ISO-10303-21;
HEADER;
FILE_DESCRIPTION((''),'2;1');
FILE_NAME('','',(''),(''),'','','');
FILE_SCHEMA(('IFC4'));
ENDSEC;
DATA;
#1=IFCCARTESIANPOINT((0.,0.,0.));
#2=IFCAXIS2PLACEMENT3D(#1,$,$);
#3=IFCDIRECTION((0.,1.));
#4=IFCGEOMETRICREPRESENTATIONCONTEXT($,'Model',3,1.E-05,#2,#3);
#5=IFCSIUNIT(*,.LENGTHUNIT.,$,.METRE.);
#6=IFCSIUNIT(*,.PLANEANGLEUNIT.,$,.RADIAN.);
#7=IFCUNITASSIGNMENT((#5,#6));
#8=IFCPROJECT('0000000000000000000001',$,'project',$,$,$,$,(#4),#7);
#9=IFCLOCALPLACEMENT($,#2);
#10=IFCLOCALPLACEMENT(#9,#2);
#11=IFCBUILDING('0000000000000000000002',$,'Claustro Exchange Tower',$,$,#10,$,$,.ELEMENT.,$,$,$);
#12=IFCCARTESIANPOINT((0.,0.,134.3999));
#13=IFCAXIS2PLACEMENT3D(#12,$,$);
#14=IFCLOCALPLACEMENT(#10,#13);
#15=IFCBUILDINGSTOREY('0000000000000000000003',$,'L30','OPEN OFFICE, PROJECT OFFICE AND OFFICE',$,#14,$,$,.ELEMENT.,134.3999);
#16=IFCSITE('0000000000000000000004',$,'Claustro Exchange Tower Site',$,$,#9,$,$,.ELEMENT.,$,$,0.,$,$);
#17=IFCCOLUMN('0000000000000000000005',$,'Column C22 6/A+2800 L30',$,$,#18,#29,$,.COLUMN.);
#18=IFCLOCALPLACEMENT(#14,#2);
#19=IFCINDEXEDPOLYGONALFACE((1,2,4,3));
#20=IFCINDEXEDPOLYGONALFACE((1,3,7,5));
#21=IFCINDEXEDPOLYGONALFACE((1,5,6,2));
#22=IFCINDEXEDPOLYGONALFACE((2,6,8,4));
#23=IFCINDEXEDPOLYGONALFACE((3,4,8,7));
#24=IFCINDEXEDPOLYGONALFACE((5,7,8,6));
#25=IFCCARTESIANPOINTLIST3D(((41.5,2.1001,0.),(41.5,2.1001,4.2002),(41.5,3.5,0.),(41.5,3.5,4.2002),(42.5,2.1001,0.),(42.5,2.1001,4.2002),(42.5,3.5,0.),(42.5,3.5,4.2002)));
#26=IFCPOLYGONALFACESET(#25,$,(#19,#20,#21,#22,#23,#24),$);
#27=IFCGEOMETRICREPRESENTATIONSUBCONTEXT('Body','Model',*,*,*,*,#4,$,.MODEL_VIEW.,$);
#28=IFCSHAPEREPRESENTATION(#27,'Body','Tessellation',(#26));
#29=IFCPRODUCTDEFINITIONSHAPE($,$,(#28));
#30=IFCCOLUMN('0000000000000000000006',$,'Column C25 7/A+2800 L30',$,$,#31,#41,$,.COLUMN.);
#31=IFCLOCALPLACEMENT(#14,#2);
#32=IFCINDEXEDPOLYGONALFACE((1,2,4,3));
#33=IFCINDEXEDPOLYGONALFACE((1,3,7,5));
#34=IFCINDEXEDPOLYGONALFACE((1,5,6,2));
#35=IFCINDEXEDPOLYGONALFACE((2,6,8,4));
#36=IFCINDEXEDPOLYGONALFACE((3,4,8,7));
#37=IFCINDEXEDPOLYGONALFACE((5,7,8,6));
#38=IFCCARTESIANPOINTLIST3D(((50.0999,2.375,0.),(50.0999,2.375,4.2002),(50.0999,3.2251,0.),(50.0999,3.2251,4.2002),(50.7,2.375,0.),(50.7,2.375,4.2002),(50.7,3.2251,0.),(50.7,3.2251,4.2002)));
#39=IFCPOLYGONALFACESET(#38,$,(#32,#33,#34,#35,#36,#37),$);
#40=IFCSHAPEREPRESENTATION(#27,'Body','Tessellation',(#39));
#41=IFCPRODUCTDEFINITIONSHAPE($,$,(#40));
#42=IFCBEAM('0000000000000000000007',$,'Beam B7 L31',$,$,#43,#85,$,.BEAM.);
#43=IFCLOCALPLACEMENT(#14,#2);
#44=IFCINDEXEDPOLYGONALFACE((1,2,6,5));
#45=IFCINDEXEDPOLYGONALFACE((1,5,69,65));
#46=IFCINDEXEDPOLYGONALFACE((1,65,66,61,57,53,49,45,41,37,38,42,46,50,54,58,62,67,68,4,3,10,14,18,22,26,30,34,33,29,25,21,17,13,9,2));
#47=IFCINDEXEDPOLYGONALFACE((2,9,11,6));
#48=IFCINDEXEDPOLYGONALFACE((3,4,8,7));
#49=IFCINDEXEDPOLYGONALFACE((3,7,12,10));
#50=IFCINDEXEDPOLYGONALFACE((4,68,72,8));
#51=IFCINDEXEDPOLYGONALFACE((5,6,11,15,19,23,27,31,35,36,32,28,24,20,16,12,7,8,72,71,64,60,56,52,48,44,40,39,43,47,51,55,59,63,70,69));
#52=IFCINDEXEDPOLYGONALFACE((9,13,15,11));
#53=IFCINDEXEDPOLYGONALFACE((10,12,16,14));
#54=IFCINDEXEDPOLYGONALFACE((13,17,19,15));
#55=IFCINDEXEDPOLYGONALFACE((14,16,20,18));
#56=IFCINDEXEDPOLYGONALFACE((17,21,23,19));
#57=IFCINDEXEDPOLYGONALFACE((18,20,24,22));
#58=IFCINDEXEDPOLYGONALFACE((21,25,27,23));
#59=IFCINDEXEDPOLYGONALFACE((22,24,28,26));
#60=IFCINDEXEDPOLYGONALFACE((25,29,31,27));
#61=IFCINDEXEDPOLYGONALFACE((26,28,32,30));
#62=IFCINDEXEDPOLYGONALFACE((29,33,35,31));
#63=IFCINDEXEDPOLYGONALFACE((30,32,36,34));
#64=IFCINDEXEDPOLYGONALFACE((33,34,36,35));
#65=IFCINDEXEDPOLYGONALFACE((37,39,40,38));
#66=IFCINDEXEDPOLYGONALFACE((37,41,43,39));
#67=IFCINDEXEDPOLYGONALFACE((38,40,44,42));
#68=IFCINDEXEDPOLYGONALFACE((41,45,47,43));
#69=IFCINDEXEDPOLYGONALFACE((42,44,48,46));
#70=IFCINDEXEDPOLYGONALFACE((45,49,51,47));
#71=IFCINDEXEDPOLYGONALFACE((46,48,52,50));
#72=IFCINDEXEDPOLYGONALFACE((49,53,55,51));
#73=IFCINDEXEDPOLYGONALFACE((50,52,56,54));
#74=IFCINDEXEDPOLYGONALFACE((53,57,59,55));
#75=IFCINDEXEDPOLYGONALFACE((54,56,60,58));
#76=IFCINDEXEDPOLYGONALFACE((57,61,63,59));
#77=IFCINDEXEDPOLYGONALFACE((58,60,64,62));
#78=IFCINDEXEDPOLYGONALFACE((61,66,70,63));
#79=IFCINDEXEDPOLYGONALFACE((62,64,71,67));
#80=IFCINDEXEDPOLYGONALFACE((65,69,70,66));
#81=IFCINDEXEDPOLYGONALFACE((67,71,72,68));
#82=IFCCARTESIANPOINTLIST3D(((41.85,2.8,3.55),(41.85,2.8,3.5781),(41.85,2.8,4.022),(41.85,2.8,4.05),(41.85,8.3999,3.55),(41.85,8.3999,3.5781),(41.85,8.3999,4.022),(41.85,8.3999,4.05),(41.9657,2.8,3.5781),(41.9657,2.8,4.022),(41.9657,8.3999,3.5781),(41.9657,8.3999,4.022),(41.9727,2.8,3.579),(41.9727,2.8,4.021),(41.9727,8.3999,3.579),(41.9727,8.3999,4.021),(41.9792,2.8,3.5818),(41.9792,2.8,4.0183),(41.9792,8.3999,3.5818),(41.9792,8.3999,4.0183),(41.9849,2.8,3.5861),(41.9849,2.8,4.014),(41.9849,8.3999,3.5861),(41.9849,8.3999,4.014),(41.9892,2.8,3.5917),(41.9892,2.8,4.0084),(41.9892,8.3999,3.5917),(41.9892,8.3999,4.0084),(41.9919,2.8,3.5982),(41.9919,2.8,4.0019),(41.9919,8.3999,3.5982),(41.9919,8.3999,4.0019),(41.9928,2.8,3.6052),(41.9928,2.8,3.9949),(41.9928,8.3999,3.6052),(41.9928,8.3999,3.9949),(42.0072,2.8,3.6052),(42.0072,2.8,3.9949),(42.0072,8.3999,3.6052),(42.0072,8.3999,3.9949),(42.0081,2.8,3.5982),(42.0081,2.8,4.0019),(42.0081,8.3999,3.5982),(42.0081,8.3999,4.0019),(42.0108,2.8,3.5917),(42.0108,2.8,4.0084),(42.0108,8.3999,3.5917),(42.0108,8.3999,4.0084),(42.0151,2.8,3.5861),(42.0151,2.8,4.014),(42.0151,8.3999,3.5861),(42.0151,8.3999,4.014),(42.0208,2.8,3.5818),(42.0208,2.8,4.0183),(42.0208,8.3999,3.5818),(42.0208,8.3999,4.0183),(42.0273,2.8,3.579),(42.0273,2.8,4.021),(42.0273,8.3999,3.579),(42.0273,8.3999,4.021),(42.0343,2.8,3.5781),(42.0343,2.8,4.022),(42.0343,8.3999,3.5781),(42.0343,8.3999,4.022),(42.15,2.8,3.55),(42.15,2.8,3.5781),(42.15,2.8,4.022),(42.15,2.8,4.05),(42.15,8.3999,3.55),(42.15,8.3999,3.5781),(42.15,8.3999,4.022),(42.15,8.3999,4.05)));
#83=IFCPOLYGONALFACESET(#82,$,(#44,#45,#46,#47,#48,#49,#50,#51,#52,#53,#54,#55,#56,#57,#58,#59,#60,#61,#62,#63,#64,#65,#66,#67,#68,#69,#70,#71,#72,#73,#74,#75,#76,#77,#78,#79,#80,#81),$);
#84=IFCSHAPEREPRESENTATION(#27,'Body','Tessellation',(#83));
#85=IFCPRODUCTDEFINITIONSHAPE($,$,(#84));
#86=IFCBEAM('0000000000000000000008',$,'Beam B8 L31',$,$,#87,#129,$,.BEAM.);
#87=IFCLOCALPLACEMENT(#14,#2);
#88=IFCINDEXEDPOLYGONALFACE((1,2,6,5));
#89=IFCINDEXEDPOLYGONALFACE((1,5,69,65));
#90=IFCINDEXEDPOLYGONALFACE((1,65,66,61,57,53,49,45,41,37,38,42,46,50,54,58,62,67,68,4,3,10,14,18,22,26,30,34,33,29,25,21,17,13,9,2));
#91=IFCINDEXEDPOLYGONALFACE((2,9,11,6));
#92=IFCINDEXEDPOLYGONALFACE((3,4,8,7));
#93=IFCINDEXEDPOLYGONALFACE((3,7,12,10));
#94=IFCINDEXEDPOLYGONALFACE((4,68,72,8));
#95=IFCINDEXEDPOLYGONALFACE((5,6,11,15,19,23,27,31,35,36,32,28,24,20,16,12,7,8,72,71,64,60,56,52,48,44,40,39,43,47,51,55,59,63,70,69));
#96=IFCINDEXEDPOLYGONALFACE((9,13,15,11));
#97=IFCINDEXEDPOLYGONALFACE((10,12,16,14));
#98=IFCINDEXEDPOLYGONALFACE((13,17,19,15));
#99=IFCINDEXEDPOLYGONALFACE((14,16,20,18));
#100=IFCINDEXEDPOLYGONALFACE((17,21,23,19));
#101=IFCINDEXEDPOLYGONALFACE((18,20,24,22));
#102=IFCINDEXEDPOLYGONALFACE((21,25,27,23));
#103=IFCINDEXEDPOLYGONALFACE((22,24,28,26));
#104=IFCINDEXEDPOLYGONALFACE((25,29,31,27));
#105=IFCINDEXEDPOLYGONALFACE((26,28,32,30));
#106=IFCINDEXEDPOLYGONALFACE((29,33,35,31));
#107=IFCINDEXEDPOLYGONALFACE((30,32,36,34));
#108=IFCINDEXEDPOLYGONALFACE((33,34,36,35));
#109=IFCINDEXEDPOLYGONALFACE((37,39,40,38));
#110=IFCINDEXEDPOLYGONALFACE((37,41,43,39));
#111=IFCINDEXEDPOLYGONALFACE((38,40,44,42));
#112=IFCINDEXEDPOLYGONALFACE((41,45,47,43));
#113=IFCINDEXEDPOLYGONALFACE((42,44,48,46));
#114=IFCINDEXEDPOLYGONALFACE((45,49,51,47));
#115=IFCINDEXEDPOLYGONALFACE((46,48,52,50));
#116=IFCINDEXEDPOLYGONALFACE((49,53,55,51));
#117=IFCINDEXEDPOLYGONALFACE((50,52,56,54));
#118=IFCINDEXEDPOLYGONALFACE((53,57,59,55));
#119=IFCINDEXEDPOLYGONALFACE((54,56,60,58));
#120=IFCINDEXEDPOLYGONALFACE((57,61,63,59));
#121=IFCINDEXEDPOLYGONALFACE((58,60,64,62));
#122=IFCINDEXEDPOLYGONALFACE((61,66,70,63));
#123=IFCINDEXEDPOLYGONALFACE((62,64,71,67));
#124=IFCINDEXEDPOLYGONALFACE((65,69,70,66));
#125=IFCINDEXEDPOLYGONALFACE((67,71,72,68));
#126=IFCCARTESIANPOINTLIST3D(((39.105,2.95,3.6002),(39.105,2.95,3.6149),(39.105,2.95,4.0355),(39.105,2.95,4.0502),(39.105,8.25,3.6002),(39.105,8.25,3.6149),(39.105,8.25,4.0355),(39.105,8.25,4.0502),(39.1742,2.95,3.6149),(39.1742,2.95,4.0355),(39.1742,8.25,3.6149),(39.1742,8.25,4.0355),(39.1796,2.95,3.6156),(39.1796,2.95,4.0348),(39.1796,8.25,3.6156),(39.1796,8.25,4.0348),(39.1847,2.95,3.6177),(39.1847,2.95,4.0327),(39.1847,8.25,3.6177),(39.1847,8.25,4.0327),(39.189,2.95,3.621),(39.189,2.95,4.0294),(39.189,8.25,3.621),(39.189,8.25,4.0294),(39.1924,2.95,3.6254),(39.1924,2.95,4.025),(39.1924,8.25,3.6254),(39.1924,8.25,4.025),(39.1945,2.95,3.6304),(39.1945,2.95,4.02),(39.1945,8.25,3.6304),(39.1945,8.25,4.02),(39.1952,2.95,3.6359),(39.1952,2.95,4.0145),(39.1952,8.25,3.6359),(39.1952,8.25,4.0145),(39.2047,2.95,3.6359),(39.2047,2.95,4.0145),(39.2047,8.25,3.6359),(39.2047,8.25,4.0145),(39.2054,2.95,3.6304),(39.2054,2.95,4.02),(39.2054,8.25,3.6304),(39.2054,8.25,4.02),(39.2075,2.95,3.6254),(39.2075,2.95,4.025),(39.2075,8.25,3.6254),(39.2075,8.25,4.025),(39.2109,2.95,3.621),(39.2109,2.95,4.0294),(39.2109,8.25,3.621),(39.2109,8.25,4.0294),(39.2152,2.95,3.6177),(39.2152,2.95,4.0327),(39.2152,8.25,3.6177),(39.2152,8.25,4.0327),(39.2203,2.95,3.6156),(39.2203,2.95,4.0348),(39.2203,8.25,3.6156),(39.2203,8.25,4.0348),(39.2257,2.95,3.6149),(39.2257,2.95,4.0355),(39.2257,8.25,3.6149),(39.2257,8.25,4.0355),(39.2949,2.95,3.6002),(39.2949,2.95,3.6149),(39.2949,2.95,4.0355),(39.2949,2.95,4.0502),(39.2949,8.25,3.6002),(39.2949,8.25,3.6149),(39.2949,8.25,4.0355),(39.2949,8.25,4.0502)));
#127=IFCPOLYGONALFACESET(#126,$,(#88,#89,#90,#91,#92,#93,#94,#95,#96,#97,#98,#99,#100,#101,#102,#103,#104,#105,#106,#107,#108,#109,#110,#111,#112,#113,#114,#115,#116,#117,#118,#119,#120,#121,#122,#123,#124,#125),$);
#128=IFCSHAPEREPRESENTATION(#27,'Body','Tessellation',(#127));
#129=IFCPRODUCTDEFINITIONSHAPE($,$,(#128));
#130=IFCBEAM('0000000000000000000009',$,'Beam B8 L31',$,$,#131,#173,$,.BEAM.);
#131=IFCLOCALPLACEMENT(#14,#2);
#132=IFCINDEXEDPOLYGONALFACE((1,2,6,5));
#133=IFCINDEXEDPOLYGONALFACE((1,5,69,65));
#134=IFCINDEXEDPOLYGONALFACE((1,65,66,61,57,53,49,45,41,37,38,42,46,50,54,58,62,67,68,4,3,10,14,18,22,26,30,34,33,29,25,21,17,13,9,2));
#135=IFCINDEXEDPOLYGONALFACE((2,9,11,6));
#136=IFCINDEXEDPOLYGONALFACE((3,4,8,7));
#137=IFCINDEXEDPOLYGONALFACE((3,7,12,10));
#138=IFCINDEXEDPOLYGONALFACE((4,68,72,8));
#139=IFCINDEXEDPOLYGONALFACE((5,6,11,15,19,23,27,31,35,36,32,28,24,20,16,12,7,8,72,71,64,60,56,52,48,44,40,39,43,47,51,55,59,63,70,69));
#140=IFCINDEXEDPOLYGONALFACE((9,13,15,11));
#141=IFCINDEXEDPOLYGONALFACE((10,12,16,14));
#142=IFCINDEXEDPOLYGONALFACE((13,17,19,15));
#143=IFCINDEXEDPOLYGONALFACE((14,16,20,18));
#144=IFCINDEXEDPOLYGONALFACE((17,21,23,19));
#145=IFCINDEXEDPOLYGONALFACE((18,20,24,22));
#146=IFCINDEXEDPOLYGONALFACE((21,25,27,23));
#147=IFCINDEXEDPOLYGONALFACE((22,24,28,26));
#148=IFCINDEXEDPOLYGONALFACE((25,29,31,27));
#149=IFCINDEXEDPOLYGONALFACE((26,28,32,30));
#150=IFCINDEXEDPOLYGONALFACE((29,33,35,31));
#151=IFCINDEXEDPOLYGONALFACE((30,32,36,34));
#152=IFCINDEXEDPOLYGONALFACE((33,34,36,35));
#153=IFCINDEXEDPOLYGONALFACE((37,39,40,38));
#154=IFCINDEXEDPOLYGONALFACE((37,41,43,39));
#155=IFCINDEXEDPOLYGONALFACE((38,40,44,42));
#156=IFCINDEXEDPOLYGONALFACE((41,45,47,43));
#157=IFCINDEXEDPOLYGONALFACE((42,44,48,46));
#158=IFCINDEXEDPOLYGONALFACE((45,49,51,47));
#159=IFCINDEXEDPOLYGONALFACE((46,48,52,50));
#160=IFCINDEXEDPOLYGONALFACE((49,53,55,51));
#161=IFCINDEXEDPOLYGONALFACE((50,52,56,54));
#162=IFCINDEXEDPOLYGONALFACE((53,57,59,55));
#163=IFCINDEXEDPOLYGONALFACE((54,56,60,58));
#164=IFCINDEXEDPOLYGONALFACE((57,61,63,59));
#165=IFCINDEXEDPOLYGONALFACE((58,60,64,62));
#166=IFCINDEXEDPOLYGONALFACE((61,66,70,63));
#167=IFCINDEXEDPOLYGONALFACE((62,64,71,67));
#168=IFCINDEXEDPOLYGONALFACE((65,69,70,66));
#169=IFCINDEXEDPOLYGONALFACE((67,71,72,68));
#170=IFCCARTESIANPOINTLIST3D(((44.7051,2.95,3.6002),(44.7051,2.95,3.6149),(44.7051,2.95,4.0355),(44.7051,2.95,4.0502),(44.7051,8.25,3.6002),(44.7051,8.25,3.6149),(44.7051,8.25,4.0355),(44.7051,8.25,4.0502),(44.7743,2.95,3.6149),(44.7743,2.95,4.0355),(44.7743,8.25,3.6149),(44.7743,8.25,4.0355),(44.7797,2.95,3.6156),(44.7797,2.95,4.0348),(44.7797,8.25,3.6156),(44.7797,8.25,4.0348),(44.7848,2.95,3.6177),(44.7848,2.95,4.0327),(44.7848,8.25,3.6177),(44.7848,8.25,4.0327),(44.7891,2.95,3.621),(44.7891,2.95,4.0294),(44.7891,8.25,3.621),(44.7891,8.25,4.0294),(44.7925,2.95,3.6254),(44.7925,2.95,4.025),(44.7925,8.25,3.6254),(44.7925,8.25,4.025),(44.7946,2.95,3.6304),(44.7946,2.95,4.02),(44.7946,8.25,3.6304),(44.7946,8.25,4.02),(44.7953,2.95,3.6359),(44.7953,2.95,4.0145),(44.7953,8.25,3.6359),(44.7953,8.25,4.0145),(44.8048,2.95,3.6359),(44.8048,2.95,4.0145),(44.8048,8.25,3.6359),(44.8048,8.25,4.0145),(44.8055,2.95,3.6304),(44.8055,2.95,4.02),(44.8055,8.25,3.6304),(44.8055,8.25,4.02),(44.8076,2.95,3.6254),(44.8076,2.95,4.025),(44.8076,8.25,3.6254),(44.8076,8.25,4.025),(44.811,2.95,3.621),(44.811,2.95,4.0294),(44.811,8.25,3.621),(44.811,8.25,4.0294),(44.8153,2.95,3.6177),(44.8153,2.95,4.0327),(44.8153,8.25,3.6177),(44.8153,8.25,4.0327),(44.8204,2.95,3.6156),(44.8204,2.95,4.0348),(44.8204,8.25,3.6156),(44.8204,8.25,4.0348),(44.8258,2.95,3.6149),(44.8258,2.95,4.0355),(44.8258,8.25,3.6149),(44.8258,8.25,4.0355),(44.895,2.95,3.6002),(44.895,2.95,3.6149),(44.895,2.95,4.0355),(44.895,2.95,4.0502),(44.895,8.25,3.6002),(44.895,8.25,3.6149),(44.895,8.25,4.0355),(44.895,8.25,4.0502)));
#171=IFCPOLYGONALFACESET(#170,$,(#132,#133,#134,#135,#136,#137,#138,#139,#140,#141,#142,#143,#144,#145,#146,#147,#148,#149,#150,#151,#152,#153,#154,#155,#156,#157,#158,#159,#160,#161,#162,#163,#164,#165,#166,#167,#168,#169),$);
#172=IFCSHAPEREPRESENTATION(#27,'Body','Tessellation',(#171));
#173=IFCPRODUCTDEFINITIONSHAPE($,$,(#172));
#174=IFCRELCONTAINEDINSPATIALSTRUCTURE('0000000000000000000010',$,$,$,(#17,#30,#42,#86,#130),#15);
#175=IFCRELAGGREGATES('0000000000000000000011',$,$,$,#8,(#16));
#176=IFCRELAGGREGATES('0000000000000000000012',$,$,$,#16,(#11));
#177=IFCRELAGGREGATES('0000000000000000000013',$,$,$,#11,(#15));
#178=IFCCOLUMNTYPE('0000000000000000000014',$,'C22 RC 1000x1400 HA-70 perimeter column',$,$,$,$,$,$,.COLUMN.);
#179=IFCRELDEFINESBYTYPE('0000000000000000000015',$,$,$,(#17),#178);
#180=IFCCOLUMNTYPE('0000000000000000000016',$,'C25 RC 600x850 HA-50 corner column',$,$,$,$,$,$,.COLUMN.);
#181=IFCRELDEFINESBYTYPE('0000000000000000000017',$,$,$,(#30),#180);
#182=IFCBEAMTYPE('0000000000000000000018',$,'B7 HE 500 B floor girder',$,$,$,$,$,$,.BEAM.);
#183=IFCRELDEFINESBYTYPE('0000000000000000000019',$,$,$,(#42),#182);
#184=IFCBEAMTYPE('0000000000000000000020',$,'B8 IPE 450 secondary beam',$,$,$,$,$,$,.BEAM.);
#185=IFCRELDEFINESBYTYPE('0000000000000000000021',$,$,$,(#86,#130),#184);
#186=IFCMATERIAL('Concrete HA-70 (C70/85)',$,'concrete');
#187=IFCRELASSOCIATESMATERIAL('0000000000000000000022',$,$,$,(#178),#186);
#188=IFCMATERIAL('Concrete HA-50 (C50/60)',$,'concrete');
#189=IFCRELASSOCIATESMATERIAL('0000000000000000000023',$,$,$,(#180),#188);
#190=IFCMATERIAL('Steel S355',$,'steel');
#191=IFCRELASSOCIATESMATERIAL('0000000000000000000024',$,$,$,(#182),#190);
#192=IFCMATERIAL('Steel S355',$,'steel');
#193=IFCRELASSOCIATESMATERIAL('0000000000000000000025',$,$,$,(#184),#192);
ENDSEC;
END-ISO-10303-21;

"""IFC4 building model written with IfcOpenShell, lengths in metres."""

from ifc_helpers import new_model, si_unit, direction, frame, origin, origin_2d, place, context, subcontext, project, spatial, rectangle, i_section, extrude, material, material_profile, profile_set, type_object, element, save


model = new_model("IFC4")

# Units and contexts
model_context = context("Model", 3, precision=1e-05, world=origin(), true_north=direction((0.0, 1.0)))
body_context = subcontext(model_context, "Body", "Model", "MODEL_VIEW")
ifc_project = project(units=[si_unit("LENGTHUNIT", "METRE"), si_unit("PLANEANGLEUNIT", "RADIAN")], contexts=[model_context])

# Site, building, storey
site_placement = place(None, origin())
site = spatial("IfcSite", under=ifc_project, at=site_placement, Name="Claustro Exchange Tower Site", CompositionType="ELEMENT", RefElevation=0.0)
building_placement = place(site_placement, origin())
building = spatial("IfcBuilding", under=site, at=building_placement, Name="Claustro Exchange Tower", CompositionType="ELEMENT")
storey_placement = place(building_placement, frame((0.0, 0.0, 134.3999)))
storey = spatial("IfcBuildingStorey", under=building, at=storey_placement, Name="L30", Description="OPEN OFFICE, PROJECT OFFICE AND OFFICE", CompositionType="ELEMENT", Elevation=134.3999)

# Columns
ifc_material_1 = material(Name="Concrete HA-70 (C70/85)", Category="concrete")
ifc_material_profile_1 = material_profile(ifc_material_1, rectangle(XDim=1.0, YDim=1.3999, at=origin_2d()), Name="RC 1000x1400")
ifc_profile_set_1 = profile_set([ifc_material_profile_1], Name="Concrete HA-70 (C70/85)")
column_type_1 = type_object("IfcColumnType", Name="C22 RC 1000x1400 HA-70 perimeter column", PredefinedType="COLUMN", material=ifc_profile_set_1)
column_1_placement = place(storey_placement, frame((42.0, 2.8, 0.0), z_axis=(0.0, 0.0, 1.0), x_axis=(1.0, 0.0, 0.0)))
element("IfcColumn", 1, at=column_1_placement, inside=storey, type_object=column_type_1, Name="Column C22 6/A+2800 L30", PredefinedType="COLUMN", context=body_context, shape_type="SweptSolid", body=[
    extrude(rectangle(XDim=1.0, YDim=1.3999, at=origin_2d()), origin(), (0.0, 0.0, 1.0), 4.2002),
])
ifc_material_2 = material(Name="Concrete HA-50 (C50/60)", Category="concrete")
ifc_material_profile_2 = material_profile(ifc_material_2, rectangle(XDim=0.6001, YDim=0.8501, at=origin_2d()), Name="RC 600x850")
ifc_profile_set_2 = profile_set([ifc_material_profile_2], Name="Concrete HA-50 (C50/60)")
column_type_2 = type_object("IfcColumnType", Name="C25 RC 600x850 HA-50 corner column", PredefinedType="COLUMN", material=ifc_profile_set_2)
column_2_placement = place(storey_placement, frame((50.3999, 2.8, 0.0), z_axis=(0.0, 0.0, 1.0), x_axis=(1.0, 0.0, 0.0)))
element("IfcColumn", 2, at=column_2_placement, inside=storey, type_object=column_type_2, Name="Column C25 7/A+2800 L30", PredefinedType="COLUMN", context=body_context, shape_type="SweptSolid", body=[
    extrude(rectangle(XDim=0.6001, YDim=0.8501, at=origin_2d()), origin(), (0.0, 0.0, 1.0), 4.2002),
])

# Beams
ifc_material_3 = material(Name="Steel S355", Category="steel")
ifc_material_profile_3 = material_profile(ifc_material_3, i_section(OverallWidth=0.3, OverallDepth=0.5, WebThickness=0.0144, FlangeThickness=0.0281, FilletRadius=0.0271, at=origin_2d()), Name="HE 500 B")
ifc_profile_set_3 = profile_set([ifc_material_profile_3], Name="Steel S355")
beam_type_1 = type_object("IfcBeamType", Name="B7 HE 500 B floor girder", PredefinedType="BEAM", material=ifc_profile_set_3)
beam_1_placement = place(storey_placement, frame((42.0, 2.8, 3.8), z_axis=(0.0, 1.0, 0.0), x_axis=(-1.0, 0.0, 0.0)))
element("IfcBeam", 3, at=beam_1_placement, inside=storey, type_object=beam_type_1, Name="Beam B7 L31", PredefinedType="BEAM", context=body_context, shape_type="SweptSolid", body=[
    extrude(i_section(OverallWidth=0.3, OverallDepth=0.5, WebThickness=0.0144, FlangeThickness=0.0281, FilletRadius=0.0271, at=origin_2d()), origin(), (0.0, 0.0, 1.0), 5.5999),
])
ifc_material_4 = material(Name="Steel S355", Category="steel")
ifc_material_profile_4 = material_profile(ifc_material_4, i_section(OverallWidth=0.1899, OverallDepth=0.45, WebThickness=0.0095, FlangeThickness=0.0146, FilletRadius=0.021, at=origin_2d()), Name="IPE 450")
ifc_profile_set_4 = profile_set([ifc_material_profile_4], Name="Steel S355")
beam_type_2 = type_object("IfcBeamType", Name="B8 IPE 450 secondary beam", PredefinedType="BEAM", material=ifc_profile_set_4)
for number, where, z_axis, x_axis, name in (
    (4, (39.2, 2.95, 3.8252), (0.0, 1.0, 0.0), (-1.0, 0.0, 0.0), "Beam B8 L31"),
    (5, (44.8, 2.95, 3.8252), (0.0, 1.0, 0.0), (-1.0, 0.0, 0.0), "Beam B8 L31"),
):
    element("IfcBeam", number, at=place(storey_placement, frame(where, z_axis=z_axis, x_axis=x_axis)), inside=storey, type_object=beam_type_2, Name=name, PredefinedType="BEAM", context=body_context, shape_type="SweptSolid", body=[
        extrude(i_section(OverallWidth=0.1899, OverallDepth=0.45, WebThickness=0.0095, FlangeThickness=0.0146, FilletRadius=0.021, at=origin_2d()), origin(), (0.0, 0.0, 1.0), 5.3),
    ])

save(model, "model.ifc")
